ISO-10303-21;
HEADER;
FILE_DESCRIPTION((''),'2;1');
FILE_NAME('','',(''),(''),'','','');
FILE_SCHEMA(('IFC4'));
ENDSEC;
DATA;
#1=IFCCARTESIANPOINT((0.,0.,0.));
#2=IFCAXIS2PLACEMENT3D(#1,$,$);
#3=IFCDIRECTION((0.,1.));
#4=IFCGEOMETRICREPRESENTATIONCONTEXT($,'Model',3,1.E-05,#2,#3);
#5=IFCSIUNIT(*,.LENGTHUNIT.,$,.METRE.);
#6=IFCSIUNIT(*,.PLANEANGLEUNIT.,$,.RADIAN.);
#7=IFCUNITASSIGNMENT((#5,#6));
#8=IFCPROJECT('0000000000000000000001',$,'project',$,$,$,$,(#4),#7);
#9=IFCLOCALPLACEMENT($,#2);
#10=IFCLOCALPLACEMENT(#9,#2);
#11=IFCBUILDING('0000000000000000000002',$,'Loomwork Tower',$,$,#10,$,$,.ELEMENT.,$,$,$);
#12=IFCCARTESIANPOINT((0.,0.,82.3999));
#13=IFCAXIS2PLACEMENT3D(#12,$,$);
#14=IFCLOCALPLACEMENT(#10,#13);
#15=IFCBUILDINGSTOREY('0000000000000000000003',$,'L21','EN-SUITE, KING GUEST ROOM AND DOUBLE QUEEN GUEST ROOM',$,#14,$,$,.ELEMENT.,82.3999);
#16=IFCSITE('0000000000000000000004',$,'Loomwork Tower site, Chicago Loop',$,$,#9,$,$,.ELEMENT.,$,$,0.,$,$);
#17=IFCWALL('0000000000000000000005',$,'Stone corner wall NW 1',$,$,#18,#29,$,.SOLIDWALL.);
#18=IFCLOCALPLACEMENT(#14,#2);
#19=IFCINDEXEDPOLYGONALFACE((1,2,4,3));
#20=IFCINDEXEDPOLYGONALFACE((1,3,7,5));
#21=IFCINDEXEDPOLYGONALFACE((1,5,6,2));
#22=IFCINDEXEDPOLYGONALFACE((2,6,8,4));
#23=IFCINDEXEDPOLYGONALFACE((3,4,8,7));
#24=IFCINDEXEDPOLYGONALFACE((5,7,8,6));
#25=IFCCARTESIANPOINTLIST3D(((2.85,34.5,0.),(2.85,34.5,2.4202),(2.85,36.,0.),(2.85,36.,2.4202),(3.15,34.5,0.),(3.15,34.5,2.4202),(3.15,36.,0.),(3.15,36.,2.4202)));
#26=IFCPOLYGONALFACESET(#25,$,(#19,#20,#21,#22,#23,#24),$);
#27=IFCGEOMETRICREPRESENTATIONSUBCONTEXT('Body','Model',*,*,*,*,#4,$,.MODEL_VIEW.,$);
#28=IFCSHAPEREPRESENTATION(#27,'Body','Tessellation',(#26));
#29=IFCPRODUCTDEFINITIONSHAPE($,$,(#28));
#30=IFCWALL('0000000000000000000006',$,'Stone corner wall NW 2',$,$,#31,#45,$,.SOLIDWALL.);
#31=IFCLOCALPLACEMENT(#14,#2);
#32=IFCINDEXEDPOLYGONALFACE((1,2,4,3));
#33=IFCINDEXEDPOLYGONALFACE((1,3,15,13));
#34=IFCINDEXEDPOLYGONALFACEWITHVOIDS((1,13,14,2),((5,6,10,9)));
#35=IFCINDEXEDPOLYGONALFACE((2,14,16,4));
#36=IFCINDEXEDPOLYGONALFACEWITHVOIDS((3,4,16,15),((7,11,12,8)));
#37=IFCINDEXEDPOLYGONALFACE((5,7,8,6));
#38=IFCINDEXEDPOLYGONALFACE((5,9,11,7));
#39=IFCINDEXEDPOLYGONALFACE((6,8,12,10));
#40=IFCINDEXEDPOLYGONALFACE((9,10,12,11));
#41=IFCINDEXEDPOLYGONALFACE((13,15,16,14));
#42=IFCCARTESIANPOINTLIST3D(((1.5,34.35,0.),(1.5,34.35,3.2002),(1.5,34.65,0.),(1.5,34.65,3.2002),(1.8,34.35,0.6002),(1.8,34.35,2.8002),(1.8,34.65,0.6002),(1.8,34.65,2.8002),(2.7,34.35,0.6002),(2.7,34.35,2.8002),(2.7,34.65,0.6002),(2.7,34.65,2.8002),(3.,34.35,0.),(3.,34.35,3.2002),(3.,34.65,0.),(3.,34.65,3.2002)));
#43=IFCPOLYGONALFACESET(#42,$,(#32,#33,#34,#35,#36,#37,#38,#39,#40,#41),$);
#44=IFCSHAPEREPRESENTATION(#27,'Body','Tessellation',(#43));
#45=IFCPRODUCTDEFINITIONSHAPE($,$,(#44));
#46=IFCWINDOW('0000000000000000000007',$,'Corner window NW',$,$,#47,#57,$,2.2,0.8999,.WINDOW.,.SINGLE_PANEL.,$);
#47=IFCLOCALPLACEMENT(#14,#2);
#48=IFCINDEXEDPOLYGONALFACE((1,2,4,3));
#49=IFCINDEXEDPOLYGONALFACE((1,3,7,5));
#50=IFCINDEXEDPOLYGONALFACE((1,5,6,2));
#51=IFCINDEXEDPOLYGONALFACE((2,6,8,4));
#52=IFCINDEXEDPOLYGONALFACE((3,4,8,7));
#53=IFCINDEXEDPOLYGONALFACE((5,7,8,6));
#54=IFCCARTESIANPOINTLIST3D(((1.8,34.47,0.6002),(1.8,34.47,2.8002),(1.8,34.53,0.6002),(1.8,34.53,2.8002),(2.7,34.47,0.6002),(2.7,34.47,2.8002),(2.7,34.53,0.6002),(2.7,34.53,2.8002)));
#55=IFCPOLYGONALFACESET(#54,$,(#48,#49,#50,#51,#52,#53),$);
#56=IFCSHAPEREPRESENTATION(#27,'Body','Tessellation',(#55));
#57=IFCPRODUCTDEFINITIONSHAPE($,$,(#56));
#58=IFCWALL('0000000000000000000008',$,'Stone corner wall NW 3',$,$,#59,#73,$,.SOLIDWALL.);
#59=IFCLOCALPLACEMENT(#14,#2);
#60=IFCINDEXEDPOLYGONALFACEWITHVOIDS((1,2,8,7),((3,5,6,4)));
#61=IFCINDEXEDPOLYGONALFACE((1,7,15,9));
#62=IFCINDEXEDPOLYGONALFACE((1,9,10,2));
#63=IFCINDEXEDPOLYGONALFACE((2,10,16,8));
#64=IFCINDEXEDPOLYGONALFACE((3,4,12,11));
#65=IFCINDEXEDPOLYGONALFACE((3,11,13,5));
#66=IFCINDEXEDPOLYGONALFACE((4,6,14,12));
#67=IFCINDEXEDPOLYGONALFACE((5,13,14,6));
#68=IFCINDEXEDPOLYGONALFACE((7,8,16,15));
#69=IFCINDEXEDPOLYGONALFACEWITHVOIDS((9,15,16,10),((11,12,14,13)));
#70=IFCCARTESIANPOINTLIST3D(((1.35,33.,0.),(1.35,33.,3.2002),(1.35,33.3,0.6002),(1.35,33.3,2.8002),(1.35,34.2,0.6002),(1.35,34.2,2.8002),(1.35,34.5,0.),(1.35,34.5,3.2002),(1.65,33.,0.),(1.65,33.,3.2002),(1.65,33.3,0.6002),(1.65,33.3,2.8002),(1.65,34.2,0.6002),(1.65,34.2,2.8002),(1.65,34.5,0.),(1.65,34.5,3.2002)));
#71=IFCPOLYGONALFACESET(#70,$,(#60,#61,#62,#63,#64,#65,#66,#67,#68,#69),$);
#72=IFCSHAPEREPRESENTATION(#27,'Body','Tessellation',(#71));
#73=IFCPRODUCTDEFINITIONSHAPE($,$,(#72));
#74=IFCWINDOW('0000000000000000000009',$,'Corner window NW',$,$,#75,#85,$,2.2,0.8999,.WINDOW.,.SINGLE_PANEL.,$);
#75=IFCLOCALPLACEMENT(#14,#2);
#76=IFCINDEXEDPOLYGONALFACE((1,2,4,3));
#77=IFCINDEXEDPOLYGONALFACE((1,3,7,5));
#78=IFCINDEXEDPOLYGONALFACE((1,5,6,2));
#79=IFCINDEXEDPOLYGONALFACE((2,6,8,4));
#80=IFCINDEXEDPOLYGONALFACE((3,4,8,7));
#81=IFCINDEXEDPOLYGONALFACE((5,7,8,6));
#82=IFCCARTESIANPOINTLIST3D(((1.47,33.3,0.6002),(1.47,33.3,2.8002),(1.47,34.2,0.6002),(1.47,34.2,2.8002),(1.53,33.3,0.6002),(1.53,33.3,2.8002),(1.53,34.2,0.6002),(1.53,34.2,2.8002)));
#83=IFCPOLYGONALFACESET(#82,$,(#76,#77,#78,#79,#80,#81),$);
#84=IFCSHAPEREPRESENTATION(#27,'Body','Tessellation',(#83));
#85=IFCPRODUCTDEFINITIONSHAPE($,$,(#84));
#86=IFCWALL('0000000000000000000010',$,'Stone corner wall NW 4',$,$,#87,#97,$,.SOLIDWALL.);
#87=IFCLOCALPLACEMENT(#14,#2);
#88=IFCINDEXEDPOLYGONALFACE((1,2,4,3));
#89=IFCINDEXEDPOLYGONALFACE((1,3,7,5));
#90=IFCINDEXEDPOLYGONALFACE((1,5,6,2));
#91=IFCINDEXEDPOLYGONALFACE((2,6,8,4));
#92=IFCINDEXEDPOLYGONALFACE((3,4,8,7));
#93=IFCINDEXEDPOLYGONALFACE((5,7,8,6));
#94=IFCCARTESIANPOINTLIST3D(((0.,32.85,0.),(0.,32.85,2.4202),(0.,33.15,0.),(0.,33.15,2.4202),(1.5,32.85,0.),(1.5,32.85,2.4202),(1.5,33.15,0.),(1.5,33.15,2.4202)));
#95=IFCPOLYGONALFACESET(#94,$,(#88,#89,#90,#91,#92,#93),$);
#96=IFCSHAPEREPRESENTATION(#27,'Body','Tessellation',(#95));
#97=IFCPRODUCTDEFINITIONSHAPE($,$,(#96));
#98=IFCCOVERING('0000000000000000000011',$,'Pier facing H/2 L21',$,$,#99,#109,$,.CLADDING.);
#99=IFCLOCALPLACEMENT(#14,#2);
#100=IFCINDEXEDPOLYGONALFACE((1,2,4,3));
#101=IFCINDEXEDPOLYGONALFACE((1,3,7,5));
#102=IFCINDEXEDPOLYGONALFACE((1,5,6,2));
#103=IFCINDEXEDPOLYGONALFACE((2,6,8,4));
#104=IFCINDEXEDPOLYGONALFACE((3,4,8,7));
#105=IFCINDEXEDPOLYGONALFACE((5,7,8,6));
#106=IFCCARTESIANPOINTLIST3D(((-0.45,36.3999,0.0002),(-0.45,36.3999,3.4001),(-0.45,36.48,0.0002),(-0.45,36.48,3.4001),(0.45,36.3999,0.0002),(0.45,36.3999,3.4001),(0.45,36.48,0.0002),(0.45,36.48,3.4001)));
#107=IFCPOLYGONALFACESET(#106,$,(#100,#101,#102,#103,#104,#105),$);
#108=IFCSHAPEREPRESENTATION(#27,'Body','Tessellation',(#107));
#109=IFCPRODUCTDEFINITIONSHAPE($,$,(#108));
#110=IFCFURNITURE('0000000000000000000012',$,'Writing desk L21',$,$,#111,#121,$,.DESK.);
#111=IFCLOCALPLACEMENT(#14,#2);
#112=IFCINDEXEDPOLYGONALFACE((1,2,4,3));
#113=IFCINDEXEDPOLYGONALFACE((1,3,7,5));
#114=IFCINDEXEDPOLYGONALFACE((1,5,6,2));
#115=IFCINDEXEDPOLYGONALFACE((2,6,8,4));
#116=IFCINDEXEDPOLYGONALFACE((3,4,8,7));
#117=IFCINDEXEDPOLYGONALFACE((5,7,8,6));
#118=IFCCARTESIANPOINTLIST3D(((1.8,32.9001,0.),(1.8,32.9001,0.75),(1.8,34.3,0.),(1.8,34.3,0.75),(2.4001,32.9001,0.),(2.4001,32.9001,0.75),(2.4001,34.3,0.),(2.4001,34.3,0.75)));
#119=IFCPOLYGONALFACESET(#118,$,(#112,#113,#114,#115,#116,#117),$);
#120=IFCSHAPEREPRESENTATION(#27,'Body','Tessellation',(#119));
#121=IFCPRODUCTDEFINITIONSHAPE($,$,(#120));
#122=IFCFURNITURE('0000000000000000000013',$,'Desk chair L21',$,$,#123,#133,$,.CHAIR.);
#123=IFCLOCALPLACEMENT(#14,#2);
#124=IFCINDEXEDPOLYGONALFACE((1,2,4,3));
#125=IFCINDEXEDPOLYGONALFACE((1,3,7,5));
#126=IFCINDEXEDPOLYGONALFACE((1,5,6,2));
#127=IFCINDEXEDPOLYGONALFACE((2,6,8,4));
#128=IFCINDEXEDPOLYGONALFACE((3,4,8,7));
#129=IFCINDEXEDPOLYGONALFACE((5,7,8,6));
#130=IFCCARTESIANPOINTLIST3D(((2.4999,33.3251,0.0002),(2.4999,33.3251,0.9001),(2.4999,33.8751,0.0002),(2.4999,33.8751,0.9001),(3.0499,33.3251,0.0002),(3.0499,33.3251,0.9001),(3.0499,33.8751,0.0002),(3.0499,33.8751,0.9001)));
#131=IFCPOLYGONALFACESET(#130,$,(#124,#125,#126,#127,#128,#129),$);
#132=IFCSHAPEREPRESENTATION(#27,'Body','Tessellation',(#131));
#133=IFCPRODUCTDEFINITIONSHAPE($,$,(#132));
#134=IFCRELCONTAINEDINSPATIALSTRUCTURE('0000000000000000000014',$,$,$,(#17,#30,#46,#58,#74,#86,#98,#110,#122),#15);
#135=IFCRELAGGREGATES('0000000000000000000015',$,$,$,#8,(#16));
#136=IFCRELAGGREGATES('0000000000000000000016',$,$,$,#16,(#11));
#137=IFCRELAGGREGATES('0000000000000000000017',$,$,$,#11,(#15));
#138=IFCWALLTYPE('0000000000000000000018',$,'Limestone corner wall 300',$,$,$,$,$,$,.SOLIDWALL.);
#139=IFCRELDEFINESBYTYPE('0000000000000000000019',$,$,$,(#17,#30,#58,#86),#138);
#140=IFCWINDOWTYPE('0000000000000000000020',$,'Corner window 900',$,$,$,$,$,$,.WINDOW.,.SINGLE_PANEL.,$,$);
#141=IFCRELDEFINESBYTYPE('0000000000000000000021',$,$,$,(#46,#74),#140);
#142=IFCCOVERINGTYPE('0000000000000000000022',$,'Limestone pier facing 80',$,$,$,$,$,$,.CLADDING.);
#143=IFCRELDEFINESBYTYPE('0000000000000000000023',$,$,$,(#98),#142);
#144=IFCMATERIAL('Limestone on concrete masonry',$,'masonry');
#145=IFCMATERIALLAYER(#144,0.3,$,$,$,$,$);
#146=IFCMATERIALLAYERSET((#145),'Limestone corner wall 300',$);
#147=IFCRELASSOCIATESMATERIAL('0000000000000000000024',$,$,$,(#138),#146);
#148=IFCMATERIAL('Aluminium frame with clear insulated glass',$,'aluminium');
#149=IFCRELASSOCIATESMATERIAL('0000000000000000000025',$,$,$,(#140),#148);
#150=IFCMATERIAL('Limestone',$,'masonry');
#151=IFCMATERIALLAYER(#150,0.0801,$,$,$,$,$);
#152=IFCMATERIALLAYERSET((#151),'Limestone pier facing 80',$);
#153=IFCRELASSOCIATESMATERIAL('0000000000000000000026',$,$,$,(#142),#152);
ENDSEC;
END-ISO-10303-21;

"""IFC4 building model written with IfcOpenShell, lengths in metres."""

from ifc_helpers import new_model, si_unit, direction, frame, frame_2d, origin, origin_2d, place, context, subcontext, project, spatial, rectangle, extrude, material, layer, layer_set, type_object, element, fill, save


model = new_model("IFC4")

# Units and contexts
model_context = context("Model", 3, precision=1e-05, world=origin(), true_north=direction((0.0, 1.0)))
body_context = subcontext(model_context, "Body", "Model", "MODEL_VIEW")
ifc_project = project(units=[si_unit("LENGTHUNIT", "METRE"), si_unit("PLANEANGLEUNIT", "RADIAN")], contexts=[model_context])

# Site, building, storey
site_placement = place(None, origin())
site = spatial("IfcSite", under=ifc_project, at=site_placement, Name="Loomwork Tower site, Chicago Loop", CompositionType="ELEMENT", RefElevation=0.0)
building_placement = place(site_placement, origin())
building = spatial("IfcBuilding", under=site, at=building_placement, Name="Loomwork Tower", CompositionType="ELEMENT")
storey_placement = place(building_placement, frame((0.0, 0.0, 82.3999)))
storey = spatial("IfcBuildingStorey", under=building, at=storey_placement, Name="L21", Description="EN-SUITE, KING GUEST ROOM AND DOUBLE QUEEN GUEST ROOM", CompositionType="ELEMENT", Elevation=82.3999)

# Wall
ifc_material_1 = material(Name="Limestone on concrete masonry", Category="masonry")
ifc_layer_1 = layer(ifc_material_1, 0.3)
ifc_layer_set_1 = layer_set([ifc_layer_1], Name="Limestone corner wall 300")
wall_type_1 = type_object("IfcWallType", Name="Limestone corner wall 300", PredefinedType="SOLIDWALL", material=ifc_layer_set_1)
wall_1_placement = place(storey_placement, frame((3.0, 36.0, 0.0), z_axis=(0.0, 0.0, 1.0), x_axis=(0.0, -1.0, 0.0)))
element("IfcWall", 1, at=wall_1_placement, inside=storey, type_object=wall_type_1, Name="Stone corner wall NW 1", PredefinedType="SOLIDWALL", context=body_context, shape_type="SweptSolid", body=[
    extrude(rectangle(XDim=1.5, YDim=0.3, at=frame_2d((0.75, 0.0))), origin(), (0.0, 0.0, 1.0), 2.4202),
])

# Walls, openings, windows
wall_2_placement = place(storey_placement, frame((3.0, 34.5, 0.0), z_axis=(0.0, 0.0, 1.0), x_axis=(-1.0, 0.0, 0.0)))
wall_2 = element("IfcWall", 2, at=wall_2_placement, inside=storey, type_object=wall_type_1, Name="Stone corner wall NW 2", PredefinedType="SOLIDWALL", context=body_context, shape_type="SweptSolid", body=[
    extrude(rectangle(XDim=1.5, YDim=0.3, at=frame_2d((0.75, 0.0))), origin(), (0.0, 0.0, 1.0), 3.2002),
])
opening_1_placement = place(wall_2_placement, frame((0.3, 0.0, 0.6001)))
opening_1 = element("IfcOpeningElement", 3, at=opening_1_placement, cuts=wall_2, PredefinedType="OPENING", context=body_context, shape_type="SweptSolid", body=[
    extrude(rectangle(XDim=0.8999, YDim=2.2, at=frame_2d((0.45, 1.1001))), frame((0.0, 0.1599, 0.0), z_axis=(0.0, -1.0, 0.0), x_axis=(1.0, 0.0, 0.0)), (0.0, 0.0, 1.0), 0.3201),
])
ifc_material_2 = material(Name="Aluminium frame with clear insulated glass", Category="aluminium")
window_type_1 = type_object("IfcWindowType", Name="Corner window 900", PartitioningType="SINGLE_PANEL", PredefinedType="WINDOW", material=ifc_material_2)
window_1_placement = place(opening_1_placement, origin())
window_1 = element("IfcWindow", 4, at=window_1_placement, inside=storey, type_object=window_type_1, Name="Corner window NW", OverallHeight=2.2, OverallWidth=0.8999, PartitioningType="SINGLE_PANEL", PredefinedType="WINDOW", context=body_context, shape_type="SweptSolid", body=[
    extrude(rectangle(XDim=0.8999, YDim=2.2, at=frame_2d((0.45, 1.1001))), frame((0.0, 0.03, 0.0), z_axis=(0.0, -1.0, 0.0), x_axis=(1.0, 0.0, 0.0)), (0.0, 0.0, 1.0), 0.0601),
])
fill(opening_1, window_1)
wall_3_placement = place(storey_placement, frame((1.5, 34.5, 0.0), z_axis=(0.0, 0.0, 1.0), x_axis=(0.0, -1.0, 0.0)))
wall_3 = element("IfcWall", 5, at=wall_3_placement, inside=storey, type_object=wall_type_1, Name="Stone corner wall NW 3", PredefinedType="SOLIDWALL", context=body_context, shape_type="SweptSolid", body=[
    extrude(rectangle(XDim=1.5, YDim=0.3, at=frame_2d((0.75, 0.0))), origin(), (0.0, 0.0, 1.0), 3.2002),
])
opening_2_placement = place(wall_3_placement, frame((0.3, 0.0, 0.6001)))
opening_2 = element("IfcOpeningElement", 6, at=opening_2_placement, cuts=wall_3, PredefinedType="OPENING", context=body_context, shape_type="SweptSolid", body=[
    extrude(rectangle(XDim=0.8999, YDim=2.2, at=frame_2d((0.45, 1.1001))), frame((0.0, 0.1599, 0.0), z_axis=(0.0, -1.0, 0.0), x_axis=(1.0, 0.0, 0.0)), (0.0, 0.0, 1.0), 0.3201),
])
window_2_placement = place(opening_2_placement, origin())
window_2 = element("IfcWindow", 7, at=window_2_placement, inside=storey, type_object=window_type_1, Name="Corner window NW", OverallHeight=2.2, OverallWidth=0.8999, PartitioningType="SINGLE_PANEL", PredefinedType="WINDOW", context=body_context, shape_type="SweptSolid", body=[
    extrude(rectangle(XDim=0.8999, YDim=2.2, at=frame_2d((0.45, 1.1001))), frame((0.0, 0.03, 0.0), z_axis=(0.0, -1.0, 0.0), x_axis=(1.0, 0.0, 0.0)), (0.0, 0.0, 1.0), 0.0601),
])
fill(opening_2, window_2)

# Wall
wall_4_placement = place(storey_placement, frame((1.5, 33.0, 0.0), z_axis=(0.0, 0.0, 1.0), x_axis=(-1.0, 0.0, 0.0)))
element("IfcWall", 8, at=wall_4_placement, inside=storey, type_object=wall_type_1, Name="Stone corner wall NW 4", PredefinedType="SOLIDWALL", context=body_context, shape_type="SweptSolid", body=[
    extrude(rectangle(XDim=1.5, YDim=0.3, at=frame_2d((0.75, 0.0))), origin(), (0.0, 0.0, 1.0), 2.4202),
])

# Covering
ifc_material_3 = material(Name="Limestone", Category="masonry")
ifc_layer_2 = layer(ifc_material_3, 0.0801)
ifc_layer_set_2 = layer_set([ifc_layer_2], Name="Limestone pier facing 80")
covering_type = type_object("IfcCoveringType", Name="Limestone pier facing 80", PredefinedType="CLADDING", material=ifc_layer_set_2)
covering_placement = place(storey_placement, frame((0.0, 36.4399, 0.0002), z_axis=(0.0, 0.0, 1.0), x_axis=(1.0, 0.0, 0.0)))
element("IfcCovering", 9, at=covering_placement, inside=storey, type_object=covering_type, Name="Pier facing H/2 L21", PredefinedType="CLADDING", context=body_context, shape_type="SweptSolid", body=[
    extrude(rectangle(XDim=0.8999, YDim=0.0801, at=origin_2d()), origin(), (0.0, 0.0, 1.0), 3.3999),
])

# Furniture
furniture_1_placement = place(storey_placement, frame((2.1001, 33.6001, 0.0), z_axis=(0.0, 0.0, 1.0), x_axis=(1.0, 0.0, 0.0)))
element("IfcFurniture", 10, at=furniture_1_placement, inside=storey, Name="Writing desk L21", PredefinedType="DESK", context=body_context, shape_type="SweptSolid", body=[
    extrude(rectangle(XDim=0.6001, YDim=1.3999, at=origin_2d()), origin(), (0.0, 0.0, 1.0), 0.75),
])
furniture_2_placement = place(storey_placement, frame((2.7749, 33.6001, 0.0002), z_axis=(0.0, 0.0, 1.0), x_axis=(1.0, 0.0, 0.0)))
element("IfcFurniture", 11, at=furniture_2_placement, inside=storey, Name="Desk chair L21", PredefinedType="CHAIR", context=body_context, shape_type="SweptSolid", body=[
    extrude(rectangle(XDim=0.55, YDim=0.55, at=origin_2d()), origin(), (0.0, 0.0, 1.0), 0.8999),
])

save(model, "model.ifc")
